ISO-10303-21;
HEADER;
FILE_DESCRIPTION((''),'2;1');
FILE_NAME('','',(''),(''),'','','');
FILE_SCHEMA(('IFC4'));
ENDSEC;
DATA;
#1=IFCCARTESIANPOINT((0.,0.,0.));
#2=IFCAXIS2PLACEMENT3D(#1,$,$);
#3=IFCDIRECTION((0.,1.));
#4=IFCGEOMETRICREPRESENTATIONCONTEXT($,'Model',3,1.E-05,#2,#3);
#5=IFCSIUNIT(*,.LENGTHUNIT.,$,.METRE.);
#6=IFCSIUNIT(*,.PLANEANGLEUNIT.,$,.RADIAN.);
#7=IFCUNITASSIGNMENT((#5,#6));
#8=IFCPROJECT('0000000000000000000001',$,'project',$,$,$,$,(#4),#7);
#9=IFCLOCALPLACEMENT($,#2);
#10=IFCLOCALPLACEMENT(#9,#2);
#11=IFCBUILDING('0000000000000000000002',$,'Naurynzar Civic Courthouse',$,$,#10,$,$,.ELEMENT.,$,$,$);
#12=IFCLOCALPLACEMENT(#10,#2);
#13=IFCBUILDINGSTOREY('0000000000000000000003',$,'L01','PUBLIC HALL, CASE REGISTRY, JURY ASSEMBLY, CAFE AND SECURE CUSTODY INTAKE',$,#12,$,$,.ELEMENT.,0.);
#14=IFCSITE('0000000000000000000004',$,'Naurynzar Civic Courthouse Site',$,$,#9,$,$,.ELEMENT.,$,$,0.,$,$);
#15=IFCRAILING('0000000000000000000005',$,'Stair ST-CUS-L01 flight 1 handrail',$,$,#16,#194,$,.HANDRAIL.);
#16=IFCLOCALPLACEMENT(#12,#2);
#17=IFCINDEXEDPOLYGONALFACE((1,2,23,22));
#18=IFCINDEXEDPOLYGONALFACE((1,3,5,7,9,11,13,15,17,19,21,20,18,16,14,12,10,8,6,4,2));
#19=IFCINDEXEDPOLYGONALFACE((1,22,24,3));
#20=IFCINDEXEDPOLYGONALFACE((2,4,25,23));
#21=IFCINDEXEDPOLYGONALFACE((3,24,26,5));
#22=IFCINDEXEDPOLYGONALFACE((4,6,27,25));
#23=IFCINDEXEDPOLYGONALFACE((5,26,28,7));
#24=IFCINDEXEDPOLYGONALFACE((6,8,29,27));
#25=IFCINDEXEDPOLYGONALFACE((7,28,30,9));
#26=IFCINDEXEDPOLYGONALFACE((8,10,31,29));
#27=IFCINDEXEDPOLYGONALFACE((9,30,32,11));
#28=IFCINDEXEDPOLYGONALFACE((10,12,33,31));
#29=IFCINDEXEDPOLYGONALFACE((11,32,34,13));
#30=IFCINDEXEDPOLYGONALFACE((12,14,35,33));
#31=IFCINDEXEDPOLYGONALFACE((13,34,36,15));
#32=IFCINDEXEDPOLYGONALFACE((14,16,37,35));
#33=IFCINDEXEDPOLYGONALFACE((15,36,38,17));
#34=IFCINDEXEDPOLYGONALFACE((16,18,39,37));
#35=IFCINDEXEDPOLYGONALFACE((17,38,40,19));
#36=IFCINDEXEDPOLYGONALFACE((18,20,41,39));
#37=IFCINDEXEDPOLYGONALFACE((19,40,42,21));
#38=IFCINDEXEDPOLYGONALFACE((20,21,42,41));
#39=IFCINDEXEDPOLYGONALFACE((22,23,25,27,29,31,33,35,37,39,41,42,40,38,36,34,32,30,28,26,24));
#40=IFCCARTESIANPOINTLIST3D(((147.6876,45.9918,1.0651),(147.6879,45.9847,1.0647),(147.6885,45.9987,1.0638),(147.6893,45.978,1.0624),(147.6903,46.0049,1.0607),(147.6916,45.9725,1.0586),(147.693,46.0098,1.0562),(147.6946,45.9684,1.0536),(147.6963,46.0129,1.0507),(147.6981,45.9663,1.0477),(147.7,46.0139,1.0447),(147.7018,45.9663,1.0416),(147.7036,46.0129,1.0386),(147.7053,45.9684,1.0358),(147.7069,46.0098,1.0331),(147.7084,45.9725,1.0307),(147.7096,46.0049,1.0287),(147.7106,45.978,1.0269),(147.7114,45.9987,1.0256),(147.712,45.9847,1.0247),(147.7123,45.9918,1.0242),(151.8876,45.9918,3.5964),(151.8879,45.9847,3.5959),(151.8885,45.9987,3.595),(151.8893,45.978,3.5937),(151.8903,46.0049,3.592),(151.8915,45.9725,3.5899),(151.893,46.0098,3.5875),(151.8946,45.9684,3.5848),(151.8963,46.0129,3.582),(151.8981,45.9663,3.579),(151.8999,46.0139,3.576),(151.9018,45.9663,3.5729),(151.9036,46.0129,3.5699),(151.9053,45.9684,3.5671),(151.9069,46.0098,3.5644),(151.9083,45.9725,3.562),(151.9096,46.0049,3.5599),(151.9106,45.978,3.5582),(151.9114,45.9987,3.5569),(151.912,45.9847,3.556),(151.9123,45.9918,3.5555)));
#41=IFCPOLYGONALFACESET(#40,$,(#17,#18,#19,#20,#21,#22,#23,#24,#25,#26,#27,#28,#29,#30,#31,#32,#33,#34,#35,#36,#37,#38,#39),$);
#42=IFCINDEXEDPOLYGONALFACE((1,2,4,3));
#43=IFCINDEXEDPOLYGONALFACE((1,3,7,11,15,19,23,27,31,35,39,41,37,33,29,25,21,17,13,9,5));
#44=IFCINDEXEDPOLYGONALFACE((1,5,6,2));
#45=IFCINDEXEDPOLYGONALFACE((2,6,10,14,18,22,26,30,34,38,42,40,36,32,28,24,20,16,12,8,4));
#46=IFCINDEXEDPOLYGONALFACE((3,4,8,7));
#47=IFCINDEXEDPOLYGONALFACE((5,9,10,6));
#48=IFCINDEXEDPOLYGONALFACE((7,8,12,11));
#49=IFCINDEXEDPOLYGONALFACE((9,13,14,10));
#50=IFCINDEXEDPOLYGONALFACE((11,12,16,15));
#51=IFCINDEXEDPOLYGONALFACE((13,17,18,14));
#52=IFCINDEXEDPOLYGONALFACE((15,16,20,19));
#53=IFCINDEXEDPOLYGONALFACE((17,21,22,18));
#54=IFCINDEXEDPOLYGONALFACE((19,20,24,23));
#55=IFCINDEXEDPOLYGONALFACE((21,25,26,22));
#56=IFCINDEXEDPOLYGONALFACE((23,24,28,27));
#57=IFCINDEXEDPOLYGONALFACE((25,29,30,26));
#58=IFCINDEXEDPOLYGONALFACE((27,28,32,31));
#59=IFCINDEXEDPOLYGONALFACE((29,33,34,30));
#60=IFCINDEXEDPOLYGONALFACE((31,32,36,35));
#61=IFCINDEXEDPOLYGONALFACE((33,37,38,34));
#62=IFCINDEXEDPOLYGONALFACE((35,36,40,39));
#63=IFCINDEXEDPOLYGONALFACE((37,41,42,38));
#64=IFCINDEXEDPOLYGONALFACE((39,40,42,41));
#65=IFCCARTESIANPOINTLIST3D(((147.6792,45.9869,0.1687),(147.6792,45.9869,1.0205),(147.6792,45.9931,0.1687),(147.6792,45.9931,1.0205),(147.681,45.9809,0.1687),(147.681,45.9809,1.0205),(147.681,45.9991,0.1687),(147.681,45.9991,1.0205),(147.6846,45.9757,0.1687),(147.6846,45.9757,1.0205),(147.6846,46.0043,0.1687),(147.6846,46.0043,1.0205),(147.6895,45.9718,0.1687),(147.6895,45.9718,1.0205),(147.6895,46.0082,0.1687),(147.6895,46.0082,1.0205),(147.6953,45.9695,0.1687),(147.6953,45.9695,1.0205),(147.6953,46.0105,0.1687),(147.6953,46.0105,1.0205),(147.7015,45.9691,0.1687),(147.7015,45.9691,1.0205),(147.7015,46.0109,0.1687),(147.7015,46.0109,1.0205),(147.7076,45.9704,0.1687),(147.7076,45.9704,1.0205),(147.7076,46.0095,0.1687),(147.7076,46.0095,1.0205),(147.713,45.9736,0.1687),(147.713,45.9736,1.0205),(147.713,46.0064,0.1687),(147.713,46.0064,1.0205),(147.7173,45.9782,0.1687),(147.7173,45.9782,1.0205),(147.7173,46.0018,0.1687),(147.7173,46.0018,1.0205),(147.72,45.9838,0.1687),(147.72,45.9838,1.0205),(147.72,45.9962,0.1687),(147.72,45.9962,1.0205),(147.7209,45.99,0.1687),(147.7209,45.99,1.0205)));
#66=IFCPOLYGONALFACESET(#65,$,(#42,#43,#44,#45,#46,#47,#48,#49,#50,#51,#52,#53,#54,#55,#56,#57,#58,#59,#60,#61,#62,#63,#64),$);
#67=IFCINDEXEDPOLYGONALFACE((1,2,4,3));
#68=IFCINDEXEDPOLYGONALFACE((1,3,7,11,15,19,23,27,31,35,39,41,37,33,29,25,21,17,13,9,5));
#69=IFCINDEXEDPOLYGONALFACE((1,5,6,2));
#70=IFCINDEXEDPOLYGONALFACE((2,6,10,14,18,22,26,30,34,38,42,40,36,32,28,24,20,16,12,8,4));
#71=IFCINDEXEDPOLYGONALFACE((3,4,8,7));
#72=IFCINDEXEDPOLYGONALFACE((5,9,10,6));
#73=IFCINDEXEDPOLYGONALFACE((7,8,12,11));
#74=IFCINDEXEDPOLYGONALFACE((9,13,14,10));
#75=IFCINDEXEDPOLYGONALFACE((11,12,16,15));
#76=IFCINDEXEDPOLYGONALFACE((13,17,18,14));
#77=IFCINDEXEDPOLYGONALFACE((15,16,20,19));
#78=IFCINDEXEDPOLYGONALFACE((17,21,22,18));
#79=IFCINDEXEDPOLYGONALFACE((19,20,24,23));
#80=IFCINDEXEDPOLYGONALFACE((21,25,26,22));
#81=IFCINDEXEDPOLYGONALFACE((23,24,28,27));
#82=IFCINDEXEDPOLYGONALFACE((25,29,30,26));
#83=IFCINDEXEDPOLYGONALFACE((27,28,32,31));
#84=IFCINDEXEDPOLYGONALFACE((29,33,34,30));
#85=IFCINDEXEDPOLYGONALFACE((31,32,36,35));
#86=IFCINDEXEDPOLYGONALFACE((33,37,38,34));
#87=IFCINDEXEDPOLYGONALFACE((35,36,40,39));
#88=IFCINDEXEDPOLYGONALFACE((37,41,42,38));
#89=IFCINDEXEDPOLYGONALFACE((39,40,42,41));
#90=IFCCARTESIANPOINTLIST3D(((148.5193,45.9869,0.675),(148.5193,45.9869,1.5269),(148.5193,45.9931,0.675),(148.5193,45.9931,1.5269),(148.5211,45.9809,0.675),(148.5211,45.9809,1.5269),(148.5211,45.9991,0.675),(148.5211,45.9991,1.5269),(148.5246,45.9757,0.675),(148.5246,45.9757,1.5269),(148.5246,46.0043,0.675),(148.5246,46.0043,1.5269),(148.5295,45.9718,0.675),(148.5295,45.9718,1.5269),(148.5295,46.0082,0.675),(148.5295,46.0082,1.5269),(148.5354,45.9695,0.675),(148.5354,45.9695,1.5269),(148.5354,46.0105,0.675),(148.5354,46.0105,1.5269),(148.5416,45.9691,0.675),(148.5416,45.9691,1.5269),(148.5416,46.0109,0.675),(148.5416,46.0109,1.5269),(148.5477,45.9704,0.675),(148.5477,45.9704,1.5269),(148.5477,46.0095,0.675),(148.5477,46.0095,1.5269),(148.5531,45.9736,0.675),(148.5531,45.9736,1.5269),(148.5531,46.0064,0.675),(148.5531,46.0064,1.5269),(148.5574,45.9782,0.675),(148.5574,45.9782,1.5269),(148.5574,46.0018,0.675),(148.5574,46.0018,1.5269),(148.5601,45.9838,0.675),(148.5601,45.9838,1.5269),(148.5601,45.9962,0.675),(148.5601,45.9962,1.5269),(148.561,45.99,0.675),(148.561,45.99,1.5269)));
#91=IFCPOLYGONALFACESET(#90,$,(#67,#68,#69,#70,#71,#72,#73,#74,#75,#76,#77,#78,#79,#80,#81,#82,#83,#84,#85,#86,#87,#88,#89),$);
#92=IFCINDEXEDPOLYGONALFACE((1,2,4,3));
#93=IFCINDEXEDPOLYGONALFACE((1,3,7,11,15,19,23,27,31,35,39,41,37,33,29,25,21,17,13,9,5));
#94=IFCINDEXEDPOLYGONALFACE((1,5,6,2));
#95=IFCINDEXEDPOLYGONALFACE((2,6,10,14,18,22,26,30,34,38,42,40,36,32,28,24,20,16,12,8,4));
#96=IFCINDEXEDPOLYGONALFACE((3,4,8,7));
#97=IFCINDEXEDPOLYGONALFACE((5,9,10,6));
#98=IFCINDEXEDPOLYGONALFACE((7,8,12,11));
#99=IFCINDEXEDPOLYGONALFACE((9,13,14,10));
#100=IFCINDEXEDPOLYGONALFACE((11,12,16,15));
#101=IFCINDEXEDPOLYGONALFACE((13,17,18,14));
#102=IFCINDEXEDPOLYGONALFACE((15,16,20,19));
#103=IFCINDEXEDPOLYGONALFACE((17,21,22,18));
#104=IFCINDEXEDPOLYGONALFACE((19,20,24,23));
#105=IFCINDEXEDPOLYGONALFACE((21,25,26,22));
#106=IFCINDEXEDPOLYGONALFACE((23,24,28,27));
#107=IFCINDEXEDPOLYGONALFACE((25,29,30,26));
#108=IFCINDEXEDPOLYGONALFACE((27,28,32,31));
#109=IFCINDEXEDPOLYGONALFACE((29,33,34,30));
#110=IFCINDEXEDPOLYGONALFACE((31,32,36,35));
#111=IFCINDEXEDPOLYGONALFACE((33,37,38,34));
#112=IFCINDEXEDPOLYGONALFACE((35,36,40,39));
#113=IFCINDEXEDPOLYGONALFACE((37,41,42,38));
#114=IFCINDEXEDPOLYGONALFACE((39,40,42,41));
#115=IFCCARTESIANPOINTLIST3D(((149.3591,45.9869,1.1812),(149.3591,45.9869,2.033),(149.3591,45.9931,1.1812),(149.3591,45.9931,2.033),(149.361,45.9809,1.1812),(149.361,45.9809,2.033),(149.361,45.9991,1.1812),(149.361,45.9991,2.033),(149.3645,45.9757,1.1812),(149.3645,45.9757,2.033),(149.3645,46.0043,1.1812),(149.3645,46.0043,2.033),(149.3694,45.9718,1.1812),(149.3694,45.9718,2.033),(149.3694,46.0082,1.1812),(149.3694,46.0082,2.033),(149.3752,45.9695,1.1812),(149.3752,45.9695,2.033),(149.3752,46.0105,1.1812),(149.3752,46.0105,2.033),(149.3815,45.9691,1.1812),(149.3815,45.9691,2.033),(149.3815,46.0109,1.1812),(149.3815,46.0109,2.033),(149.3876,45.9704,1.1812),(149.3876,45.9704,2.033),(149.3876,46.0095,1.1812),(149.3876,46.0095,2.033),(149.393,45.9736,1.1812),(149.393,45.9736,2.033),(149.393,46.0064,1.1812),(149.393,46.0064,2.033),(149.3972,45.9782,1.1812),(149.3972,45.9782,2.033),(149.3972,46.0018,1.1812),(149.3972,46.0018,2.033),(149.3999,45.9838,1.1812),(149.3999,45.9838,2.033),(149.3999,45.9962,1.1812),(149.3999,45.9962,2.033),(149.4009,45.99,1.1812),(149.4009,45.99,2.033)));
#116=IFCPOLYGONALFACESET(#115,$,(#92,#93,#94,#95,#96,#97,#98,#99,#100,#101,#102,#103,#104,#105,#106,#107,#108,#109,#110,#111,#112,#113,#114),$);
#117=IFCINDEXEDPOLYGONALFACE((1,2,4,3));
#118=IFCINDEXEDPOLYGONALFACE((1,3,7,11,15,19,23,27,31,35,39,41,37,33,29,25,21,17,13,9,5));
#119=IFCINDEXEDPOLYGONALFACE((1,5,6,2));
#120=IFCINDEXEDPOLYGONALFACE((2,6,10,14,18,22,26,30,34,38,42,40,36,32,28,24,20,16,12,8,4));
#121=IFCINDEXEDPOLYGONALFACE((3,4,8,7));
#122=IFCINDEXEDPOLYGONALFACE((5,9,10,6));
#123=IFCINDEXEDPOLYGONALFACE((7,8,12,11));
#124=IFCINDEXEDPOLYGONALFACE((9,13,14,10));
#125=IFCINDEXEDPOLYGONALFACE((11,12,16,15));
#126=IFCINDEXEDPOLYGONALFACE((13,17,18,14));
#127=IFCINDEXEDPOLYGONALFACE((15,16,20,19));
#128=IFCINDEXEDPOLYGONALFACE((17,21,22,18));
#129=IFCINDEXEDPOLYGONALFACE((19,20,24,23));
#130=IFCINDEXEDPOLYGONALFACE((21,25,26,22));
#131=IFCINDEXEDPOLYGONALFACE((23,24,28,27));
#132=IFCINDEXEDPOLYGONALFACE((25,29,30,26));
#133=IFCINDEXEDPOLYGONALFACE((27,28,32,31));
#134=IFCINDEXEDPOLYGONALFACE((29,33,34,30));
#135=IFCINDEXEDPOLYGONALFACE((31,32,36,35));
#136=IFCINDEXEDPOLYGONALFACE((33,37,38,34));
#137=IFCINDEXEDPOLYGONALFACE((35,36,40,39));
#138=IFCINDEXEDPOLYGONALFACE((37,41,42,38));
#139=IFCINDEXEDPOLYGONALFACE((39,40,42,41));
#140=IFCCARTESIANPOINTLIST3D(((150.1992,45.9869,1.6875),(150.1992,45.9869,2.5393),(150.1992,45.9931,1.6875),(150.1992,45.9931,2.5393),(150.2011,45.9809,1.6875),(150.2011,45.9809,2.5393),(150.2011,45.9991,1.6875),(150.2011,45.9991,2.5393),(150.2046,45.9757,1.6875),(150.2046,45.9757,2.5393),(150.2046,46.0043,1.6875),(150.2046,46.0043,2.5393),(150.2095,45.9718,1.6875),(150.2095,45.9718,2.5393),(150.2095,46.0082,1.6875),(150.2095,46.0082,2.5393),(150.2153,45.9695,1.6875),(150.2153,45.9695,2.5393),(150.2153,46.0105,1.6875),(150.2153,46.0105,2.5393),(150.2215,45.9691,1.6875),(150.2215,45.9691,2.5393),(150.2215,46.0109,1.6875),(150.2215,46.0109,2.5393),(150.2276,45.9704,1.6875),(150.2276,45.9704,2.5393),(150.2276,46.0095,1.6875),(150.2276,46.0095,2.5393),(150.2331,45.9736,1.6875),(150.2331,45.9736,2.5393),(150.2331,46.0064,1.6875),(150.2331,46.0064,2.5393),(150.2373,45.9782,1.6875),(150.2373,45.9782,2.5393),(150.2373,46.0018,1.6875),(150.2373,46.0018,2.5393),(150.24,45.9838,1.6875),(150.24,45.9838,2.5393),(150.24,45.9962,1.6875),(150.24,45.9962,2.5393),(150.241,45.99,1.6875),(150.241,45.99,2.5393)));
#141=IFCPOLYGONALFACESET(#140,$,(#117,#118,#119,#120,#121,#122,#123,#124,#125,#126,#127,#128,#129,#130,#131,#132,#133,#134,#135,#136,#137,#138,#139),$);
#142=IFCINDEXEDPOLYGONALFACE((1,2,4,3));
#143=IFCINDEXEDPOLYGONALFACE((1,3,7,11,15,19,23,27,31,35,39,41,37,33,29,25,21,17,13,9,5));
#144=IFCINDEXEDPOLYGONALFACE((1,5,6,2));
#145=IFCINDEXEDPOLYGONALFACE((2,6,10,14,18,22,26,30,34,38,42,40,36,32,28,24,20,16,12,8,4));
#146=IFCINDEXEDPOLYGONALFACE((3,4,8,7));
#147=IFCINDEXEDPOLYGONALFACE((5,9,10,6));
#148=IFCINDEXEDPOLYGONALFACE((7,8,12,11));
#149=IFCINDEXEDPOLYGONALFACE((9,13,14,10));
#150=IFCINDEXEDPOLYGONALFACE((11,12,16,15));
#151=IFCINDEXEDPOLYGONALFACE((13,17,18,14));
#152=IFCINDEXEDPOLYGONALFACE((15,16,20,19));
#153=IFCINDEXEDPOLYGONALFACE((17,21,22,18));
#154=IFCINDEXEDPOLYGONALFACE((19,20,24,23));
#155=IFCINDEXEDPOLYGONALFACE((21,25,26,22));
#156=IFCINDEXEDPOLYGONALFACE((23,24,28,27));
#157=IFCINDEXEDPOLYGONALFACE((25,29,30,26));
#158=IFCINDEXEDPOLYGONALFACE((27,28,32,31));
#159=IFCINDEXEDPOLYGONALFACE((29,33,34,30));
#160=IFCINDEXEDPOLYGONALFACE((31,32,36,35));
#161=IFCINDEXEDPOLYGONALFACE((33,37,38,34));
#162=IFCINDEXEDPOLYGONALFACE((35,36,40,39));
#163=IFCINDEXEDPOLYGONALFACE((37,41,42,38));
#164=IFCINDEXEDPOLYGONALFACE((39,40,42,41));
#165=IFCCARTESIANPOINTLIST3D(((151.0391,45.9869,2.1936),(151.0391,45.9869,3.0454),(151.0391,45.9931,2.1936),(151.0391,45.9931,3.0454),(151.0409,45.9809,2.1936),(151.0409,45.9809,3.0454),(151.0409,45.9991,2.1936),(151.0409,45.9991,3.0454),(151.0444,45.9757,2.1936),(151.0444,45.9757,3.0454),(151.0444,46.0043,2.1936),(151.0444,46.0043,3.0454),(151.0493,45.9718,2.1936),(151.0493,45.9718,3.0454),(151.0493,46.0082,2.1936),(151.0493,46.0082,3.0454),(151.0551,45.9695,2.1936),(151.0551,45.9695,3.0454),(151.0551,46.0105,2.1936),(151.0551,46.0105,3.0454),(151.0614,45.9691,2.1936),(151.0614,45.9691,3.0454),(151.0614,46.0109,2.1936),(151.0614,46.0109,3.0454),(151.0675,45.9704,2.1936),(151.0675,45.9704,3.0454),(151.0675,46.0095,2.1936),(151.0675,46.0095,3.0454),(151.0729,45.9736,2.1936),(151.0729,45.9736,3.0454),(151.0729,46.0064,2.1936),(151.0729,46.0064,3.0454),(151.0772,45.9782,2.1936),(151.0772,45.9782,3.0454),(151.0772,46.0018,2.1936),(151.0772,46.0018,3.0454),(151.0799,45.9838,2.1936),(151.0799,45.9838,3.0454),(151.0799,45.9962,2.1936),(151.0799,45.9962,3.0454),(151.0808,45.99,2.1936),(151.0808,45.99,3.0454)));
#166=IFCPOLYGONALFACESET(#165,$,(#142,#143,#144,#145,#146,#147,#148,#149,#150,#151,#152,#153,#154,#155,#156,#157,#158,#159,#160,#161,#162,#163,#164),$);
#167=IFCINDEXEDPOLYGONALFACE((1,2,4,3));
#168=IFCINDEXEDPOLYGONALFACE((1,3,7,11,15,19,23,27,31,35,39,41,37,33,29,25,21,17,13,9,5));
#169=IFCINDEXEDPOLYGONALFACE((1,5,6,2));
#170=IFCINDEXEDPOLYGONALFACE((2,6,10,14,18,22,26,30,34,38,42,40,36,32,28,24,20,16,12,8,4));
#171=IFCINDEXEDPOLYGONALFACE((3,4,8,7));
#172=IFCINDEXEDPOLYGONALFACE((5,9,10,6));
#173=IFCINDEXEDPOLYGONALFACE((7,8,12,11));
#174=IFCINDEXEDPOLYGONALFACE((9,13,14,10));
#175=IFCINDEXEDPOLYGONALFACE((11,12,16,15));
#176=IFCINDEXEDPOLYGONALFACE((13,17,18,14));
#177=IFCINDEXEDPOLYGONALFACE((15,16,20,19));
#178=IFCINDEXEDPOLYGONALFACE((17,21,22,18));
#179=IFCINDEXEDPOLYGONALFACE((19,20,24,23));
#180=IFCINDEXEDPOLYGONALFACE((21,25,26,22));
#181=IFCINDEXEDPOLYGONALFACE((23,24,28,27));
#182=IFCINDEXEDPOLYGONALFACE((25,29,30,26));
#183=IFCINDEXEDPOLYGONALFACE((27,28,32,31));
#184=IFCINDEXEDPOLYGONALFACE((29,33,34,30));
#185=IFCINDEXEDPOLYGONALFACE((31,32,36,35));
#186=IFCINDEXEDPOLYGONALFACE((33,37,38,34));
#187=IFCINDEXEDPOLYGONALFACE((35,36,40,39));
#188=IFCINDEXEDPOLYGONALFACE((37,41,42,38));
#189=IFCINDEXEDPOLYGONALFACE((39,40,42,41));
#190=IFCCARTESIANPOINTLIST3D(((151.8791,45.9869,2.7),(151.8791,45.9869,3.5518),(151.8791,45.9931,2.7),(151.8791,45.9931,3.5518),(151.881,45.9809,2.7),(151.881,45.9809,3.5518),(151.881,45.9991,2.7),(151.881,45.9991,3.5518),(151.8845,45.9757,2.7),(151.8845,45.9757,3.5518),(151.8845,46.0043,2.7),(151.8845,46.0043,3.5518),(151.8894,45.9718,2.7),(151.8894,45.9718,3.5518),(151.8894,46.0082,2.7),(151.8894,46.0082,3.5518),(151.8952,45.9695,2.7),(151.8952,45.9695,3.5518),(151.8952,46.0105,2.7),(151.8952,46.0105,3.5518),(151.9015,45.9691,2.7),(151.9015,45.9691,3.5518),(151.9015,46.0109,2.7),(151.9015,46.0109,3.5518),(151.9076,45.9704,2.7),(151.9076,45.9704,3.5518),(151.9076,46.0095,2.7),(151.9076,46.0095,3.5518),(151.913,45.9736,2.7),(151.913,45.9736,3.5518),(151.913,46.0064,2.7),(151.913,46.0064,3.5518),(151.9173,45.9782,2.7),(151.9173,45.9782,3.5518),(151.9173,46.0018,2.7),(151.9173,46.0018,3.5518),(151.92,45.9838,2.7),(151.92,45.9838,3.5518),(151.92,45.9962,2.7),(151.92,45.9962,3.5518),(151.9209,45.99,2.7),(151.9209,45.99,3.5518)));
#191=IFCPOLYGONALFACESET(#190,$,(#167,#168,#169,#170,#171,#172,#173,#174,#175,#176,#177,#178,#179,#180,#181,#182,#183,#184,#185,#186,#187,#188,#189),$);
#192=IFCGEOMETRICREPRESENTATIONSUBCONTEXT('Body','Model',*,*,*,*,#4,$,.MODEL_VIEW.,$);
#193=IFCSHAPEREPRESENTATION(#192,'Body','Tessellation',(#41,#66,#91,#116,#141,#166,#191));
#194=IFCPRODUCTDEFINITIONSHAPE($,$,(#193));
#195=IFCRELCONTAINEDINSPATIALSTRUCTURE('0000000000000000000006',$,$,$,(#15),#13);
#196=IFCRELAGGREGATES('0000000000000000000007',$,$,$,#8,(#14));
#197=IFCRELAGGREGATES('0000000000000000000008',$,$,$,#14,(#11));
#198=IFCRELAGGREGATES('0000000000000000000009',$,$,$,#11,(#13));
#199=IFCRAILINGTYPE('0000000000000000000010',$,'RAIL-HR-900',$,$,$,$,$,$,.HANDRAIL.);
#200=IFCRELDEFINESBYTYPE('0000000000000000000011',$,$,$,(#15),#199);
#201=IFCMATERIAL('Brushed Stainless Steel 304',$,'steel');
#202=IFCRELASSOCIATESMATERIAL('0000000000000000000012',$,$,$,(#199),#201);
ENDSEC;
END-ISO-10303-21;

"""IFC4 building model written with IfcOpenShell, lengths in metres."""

from ifc_helpers import new_model, si_unit, direction, frame, origin, origin_2d, place, context, subcontext, project, spatial, circle, extrude, material, type_object, element, save


model = new_model("IFC4")

# Units and contexts
model_context = context("Model", 3, precision=1e-05, world=origin(), true_north=direction((0.0, 1.0)))
body_context = subcontext(model_context, "Body", "Model", "MODEL_VIEW")
ifc_project = project(units=[si_unit("LENGTHUNIT", "METRE"), si_unit("PLANEANGLEUNIT", "RADIAN")], contexts=[model_context])

# Site, building, storey
site_placement = place(None, origin())
site = spatial("IfcSite", under=ifc_project, at=site_placement, Name="Naurynzar Civic Courthouse Site", CompositionType="ELEMENT", RefElevation=0.0)
building_placement = place(site_placement, origin())
building = spatial("IfcBuilding", under=site, at=building_placement, Name="Naurynzar Civic Courthouse", CompositionType="ELEMENT")
storey_placement = place(building_placement, origin())
storey = spatial("IfcBuildingStorey", under=building, at=storey_placement, Name="L01", Description="PUBLIC HALL, CASE REGISTRY, JURY ASSEMBLY, CAFE AND SECURE CUSTODY INTAKE", CompositionType="ELEMENT", Elevation=0.0)

# Railing
ifc_material_1 = material(Name="Brushed Stainless Steel 304", Category="steel")
railing_type_1 = type_object("IfcRailingType", Name="RAIL-HR-900", PredefinedType="HANDRAIL", material=ifc_material_1)
railing_1_placement = place(storey_placement, frame((147.7, 45.99, 0.1687)))
element("IfcRailing", 1, at=railing_1_placement, inside=storey, type_object=railing_type_1, Name="Stair ST-CUS-L01 flight 1 handrail", PredefinedType="HANDRAIL", context=body_context, shape_type="SweptSolid", body=[
    extrude(circle(Radius=0.0239, at=origin_2d()), frame((0.0, 0.0, 0.876), z_axis=(0.856476, 0.0, 0.516186), x_axis=(0.0, 1.0, 0.0)), (0.0, 0.0, 1.0), 4.9038),
    extrude(circle(Radius=0.021, at=origin_2d()), origin(), (0.0, 0.0, 1.0), 0.8518),
    extrude(circle(Radius=0.021, at=origin_2d()), frame((0.8401, 0.0, 0.5063)), (0.0, 0.0, 1.0), 0.8518),
    extrude(circle(Radius=0.021, at=origin_2d()), frame((1.6799, 0.0, 1.0125)), (0.0, 0.0, 1.0), 0.8518),
    extrude(circle(Radius=0.021, at=origin_2d()), frame((2.52, 0.0, 1.5188)), (0.0, 0.0, 1.0), 0.8518),
    extrude(circle(Radius=0.021, at=origin_2d()), frame((3.3599, 0.0, 2.0249)), (0.0, 0.0, 1.0), 0.8518),
    extrude(circle(Radius=0.021, at=origin_2d()), frame((4.2, 0.0, 2.5312)), (0.0, 0.0, 1.0), 0.8518),
])

save(model, "model.ifc")
